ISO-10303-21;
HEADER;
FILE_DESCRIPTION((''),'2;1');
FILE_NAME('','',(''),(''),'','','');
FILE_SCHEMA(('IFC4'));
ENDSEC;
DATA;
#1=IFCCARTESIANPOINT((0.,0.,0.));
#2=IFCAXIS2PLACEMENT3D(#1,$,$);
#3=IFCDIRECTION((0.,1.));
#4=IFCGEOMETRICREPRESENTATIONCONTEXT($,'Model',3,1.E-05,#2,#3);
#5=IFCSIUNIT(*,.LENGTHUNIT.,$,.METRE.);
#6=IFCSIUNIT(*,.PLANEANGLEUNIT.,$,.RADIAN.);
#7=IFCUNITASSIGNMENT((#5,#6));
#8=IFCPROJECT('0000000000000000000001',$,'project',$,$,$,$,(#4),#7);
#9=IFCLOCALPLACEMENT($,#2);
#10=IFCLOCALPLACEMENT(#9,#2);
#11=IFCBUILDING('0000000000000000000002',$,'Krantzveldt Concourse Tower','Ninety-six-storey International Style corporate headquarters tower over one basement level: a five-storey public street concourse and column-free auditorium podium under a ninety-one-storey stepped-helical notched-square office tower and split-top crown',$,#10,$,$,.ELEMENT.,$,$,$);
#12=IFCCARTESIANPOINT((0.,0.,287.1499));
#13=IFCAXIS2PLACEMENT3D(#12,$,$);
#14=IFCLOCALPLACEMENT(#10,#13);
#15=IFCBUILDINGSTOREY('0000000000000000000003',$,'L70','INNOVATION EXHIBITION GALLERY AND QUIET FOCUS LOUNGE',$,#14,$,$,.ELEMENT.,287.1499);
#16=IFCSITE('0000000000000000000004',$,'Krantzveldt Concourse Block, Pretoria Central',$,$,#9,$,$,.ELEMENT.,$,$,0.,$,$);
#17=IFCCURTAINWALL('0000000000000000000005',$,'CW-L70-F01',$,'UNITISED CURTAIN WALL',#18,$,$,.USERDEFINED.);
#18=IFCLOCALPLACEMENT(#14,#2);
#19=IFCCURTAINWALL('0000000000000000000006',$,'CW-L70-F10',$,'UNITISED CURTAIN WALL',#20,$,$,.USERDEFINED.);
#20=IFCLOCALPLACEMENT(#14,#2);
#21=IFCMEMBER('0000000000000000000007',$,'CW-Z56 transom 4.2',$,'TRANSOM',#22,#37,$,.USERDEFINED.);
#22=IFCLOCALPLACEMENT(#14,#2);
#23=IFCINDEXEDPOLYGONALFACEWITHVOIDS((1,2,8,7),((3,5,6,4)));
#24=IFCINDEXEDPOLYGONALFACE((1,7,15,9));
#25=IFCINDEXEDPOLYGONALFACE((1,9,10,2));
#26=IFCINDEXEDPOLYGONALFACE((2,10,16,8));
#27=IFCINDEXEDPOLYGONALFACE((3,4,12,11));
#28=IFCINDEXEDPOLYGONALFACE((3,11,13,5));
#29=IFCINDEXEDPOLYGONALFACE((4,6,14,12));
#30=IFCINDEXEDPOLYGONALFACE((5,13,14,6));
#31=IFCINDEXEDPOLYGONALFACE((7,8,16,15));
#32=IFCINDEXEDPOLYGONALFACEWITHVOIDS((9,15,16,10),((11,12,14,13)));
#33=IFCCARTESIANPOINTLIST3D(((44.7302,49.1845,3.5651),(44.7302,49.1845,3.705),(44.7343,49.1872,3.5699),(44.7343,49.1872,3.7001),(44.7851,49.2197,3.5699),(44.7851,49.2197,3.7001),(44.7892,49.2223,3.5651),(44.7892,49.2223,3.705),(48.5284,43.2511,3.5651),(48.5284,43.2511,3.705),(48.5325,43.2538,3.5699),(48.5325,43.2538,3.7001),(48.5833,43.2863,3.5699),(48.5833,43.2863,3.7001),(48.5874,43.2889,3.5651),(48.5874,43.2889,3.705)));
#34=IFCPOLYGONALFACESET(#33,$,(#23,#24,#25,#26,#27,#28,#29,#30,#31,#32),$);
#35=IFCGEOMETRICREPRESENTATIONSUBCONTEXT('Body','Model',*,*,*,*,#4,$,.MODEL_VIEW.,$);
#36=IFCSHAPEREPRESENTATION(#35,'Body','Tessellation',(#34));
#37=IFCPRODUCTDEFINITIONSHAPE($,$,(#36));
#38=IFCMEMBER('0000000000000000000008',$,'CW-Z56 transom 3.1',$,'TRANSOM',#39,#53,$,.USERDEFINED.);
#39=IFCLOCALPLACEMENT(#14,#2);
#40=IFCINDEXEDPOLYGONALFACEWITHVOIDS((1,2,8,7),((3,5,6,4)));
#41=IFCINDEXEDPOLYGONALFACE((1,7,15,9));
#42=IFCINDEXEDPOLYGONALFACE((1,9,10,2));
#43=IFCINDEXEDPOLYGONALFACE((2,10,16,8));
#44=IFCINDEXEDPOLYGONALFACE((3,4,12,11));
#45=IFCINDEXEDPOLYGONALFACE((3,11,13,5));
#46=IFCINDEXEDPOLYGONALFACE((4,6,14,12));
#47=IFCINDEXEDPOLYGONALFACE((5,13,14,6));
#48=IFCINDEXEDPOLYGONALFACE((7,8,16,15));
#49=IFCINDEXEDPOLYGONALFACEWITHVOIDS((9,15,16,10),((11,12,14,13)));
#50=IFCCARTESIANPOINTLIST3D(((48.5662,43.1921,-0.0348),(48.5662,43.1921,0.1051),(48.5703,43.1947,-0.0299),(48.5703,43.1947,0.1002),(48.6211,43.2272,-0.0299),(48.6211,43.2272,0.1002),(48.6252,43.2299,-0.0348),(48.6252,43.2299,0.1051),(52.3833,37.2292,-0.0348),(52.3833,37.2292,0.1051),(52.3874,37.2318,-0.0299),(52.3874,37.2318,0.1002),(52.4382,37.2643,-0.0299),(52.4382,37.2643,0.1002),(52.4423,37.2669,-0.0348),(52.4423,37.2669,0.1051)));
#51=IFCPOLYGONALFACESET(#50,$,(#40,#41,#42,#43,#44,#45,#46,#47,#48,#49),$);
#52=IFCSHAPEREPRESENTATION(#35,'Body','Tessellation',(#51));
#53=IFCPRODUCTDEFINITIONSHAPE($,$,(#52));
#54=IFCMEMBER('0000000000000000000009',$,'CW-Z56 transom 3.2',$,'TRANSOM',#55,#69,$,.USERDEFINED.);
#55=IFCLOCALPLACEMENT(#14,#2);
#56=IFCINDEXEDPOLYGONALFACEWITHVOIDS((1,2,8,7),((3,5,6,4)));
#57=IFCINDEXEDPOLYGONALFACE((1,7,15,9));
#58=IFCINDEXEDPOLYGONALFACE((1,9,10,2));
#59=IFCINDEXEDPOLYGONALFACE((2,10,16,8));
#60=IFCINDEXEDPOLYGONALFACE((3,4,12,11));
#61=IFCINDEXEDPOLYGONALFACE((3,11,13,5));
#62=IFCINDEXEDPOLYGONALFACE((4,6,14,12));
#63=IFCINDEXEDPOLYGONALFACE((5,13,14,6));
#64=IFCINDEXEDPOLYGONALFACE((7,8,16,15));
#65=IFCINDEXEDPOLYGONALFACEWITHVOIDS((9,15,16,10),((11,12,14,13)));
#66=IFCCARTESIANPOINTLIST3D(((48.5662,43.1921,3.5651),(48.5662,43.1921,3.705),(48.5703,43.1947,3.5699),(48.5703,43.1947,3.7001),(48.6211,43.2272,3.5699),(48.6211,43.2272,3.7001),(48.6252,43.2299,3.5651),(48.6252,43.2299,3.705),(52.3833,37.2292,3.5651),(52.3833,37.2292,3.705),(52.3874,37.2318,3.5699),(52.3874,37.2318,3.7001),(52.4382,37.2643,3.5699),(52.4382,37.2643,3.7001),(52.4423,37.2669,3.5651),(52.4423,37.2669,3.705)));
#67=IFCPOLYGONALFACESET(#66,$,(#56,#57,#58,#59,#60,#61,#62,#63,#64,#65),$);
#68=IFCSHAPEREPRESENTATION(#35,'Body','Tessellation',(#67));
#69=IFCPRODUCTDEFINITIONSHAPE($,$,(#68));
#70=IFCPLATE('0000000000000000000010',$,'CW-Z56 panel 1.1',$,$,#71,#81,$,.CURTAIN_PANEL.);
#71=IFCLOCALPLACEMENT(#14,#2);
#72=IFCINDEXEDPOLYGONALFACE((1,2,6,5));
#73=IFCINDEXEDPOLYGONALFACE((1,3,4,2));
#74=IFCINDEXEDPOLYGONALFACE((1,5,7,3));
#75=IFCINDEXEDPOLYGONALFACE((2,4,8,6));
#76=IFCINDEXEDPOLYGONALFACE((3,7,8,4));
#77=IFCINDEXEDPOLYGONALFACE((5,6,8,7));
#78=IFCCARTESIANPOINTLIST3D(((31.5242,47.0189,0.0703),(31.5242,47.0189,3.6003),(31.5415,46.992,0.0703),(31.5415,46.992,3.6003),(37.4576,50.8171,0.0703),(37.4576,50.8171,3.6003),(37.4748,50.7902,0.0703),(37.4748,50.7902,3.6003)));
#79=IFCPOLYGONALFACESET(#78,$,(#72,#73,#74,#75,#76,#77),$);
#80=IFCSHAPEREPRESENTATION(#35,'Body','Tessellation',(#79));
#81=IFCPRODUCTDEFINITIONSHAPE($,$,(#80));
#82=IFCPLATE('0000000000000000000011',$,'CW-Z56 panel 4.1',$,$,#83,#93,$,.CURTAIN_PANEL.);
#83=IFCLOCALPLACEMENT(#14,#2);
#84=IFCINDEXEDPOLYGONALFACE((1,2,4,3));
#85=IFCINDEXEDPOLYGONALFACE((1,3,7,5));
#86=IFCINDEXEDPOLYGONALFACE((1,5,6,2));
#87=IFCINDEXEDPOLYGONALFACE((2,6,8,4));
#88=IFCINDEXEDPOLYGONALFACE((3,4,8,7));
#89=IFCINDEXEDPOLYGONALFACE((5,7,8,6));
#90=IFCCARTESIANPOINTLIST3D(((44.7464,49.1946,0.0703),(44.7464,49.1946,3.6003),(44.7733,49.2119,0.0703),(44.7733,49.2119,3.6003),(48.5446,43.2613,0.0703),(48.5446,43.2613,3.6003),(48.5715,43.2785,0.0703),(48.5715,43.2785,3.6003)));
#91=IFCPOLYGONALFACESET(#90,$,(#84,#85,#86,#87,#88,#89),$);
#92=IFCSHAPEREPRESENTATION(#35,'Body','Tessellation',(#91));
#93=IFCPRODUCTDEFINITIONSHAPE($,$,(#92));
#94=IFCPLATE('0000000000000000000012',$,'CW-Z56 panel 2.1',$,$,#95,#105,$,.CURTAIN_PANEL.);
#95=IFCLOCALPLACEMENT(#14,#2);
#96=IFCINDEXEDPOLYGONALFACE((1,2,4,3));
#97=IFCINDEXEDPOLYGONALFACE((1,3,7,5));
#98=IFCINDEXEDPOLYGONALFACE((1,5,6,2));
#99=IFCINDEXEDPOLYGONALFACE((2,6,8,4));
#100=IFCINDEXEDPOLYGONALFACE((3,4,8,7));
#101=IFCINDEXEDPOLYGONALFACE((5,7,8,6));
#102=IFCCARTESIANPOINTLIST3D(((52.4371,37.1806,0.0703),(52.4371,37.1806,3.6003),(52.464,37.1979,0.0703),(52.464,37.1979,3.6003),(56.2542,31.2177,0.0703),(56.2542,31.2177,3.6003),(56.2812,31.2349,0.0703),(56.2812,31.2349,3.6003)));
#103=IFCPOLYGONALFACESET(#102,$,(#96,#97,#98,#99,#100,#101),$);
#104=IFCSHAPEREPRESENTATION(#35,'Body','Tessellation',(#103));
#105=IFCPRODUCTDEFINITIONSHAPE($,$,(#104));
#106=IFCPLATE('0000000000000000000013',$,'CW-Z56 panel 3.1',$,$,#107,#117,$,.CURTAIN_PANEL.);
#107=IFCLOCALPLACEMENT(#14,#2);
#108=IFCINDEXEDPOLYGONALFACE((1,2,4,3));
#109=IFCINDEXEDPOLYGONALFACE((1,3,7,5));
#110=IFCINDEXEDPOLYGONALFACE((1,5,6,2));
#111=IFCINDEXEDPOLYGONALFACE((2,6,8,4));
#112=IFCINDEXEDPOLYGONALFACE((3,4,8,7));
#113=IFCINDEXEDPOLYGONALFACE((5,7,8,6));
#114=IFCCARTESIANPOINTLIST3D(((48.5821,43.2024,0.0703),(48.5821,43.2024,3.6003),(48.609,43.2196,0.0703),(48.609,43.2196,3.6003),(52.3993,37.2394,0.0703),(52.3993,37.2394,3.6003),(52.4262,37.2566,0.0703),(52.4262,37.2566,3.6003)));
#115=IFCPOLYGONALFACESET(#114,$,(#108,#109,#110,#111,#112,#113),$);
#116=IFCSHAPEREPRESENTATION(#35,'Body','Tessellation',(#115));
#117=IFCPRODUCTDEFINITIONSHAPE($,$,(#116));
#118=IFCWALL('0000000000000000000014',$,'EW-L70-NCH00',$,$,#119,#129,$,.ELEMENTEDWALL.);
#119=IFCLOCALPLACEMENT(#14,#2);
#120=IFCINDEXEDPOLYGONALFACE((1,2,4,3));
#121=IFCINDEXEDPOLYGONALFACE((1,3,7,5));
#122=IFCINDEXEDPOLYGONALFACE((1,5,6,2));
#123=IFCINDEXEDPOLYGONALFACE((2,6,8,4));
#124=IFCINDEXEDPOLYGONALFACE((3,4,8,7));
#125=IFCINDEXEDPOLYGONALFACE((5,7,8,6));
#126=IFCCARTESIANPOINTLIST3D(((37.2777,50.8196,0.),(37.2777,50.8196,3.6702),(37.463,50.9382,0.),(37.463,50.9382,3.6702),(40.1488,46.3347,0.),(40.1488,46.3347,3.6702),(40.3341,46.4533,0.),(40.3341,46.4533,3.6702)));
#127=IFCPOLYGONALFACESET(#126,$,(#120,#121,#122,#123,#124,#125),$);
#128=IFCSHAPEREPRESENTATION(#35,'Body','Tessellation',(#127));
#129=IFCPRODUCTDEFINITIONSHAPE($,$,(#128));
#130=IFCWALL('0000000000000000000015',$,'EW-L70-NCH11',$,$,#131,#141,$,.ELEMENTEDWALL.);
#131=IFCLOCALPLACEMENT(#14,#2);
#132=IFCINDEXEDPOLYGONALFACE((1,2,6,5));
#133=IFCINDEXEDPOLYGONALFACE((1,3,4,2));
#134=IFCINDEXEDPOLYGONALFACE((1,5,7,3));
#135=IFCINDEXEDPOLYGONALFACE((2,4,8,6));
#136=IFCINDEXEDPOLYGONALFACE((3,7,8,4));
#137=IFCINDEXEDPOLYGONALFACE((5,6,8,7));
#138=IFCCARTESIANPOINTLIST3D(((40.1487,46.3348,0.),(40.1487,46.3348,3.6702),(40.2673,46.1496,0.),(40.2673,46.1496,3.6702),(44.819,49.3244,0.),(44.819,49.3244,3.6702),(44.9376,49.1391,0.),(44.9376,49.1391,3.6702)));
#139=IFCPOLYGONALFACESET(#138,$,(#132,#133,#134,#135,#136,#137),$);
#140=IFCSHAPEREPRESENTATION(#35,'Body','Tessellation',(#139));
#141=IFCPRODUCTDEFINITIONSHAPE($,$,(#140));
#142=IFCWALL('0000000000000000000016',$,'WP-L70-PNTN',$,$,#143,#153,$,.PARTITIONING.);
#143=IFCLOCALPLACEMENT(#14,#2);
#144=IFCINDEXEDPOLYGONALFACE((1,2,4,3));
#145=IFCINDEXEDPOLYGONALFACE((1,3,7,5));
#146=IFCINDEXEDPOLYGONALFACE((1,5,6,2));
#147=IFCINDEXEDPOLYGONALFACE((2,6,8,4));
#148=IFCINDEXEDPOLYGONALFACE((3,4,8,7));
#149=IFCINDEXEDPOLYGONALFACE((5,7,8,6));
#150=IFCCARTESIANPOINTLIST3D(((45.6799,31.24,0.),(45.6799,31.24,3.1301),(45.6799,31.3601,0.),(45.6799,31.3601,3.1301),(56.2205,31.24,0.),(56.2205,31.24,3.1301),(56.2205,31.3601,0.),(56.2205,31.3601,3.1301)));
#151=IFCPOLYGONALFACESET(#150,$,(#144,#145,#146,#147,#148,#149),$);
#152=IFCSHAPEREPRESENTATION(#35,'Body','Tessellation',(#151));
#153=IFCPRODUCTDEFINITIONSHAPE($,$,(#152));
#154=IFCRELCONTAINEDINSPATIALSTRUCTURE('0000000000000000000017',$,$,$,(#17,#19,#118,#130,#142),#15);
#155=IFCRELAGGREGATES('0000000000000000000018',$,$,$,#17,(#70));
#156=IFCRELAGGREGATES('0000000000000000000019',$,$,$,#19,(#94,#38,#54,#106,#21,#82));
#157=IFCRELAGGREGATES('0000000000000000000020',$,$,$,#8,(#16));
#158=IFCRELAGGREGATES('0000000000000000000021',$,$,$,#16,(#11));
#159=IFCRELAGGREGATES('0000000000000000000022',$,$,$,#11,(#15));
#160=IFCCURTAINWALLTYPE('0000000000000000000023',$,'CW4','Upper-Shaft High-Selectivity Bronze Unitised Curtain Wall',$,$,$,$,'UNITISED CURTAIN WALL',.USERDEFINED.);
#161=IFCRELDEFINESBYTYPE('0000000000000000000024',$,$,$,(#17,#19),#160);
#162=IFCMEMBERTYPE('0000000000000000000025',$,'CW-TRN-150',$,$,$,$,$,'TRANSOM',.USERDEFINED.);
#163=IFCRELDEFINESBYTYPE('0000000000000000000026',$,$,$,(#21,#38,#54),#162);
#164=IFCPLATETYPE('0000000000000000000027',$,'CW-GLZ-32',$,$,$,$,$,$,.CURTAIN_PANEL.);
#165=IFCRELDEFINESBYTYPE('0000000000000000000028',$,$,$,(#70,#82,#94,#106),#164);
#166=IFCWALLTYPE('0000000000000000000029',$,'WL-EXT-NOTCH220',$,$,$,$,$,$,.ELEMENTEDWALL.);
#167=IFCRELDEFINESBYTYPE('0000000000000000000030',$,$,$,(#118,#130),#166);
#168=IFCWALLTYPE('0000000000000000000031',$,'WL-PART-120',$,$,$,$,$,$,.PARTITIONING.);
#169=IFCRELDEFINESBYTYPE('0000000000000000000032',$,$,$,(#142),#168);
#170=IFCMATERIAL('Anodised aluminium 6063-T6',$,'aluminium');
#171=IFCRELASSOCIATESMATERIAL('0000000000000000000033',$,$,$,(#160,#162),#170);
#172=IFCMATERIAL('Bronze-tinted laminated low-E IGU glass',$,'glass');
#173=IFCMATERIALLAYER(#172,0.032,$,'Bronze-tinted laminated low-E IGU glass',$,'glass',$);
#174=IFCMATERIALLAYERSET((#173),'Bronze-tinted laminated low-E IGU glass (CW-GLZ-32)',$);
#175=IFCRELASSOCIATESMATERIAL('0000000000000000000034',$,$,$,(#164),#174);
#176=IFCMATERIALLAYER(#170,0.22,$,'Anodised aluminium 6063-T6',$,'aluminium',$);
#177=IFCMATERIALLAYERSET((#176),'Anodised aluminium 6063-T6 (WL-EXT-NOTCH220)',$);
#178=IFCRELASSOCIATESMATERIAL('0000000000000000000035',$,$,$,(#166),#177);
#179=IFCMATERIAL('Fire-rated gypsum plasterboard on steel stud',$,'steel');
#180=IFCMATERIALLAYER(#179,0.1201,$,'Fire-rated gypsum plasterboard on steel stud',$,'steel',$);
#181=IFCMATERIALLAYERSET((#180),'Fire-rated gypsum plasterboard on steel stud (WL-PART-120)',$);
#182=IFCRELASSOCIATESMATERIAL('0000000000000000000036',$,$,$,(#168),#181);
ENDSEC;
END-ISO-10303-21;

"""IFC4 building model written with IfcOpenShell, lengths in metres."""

from ifc_helpers import new_model, si_unit, direction, frame, frame_2d, origin, origin_2d, place, context, subcontext, project, spatial, rectangle, hollow_rectangle, extrude, source, transform, mapped, material, layer, layer_set, material_profile, profile_set, type_object, type_shapes, element, aggregate, save


model = new_model("IFC4")

# Units and contexts
model_context = context("Model", 3, precision=1e-05, world=origin(), true_north=direction((0.0, 1.0)))
body_context = subcontext(model_context, "Body", "Model", "MODEL_VIEW")
ifc_project = project(units=[si_unit("LENGTHUNIT", "METRE"), si_unit("PLANEANGLEUNIT", "RADIAN")], contexts=[model_context])

# Site, building, storey
site_placement = place(None, origin())
site = spatial("IfcSite", under=ifc_project, at=site_placement, Name="Krantzveldt Concourse Block, Pretoria Central", CompositionType="ELEMENT", RefElevation=0.0)
building_placement = place(site_placement, origin())
building = spatial("IfcBuilding", under=site, at=building_placement, Name="Krantzveldt Concourse Tower", Description="Ninety-six-storey International Style corporate headquarters tower over one basement level: a five-storey public street concourse and column-free auditorium podium under a ninety-one-storey stepped-helical notched-square office tower and split-top crown", CompositionType="ELEMENT")
storey_placement = place(building_placement, frame((0.0, 0.0, 287.1499)))
storey = spatial("IfcBuildingStorey", under=building, at=storey_placement, Name="L70", Description="INNOVATION EXHIBITION GALLERY AND QUIET FOCUS LOUNGE", CompositionType="ELEMENT", Elevation=287.1499)

# Curtain wall
ifc_material_1 = material(Name="Anodised aluminium 6063-T6", Category="aluminium")
curtain_wall_type = type_object("IfcCurtainWallType", Name="CW4", Description="Upper-Shaft High-Selectivity Bronze Unitised Curtain Wall", ElementType="UNITISED CURTAIN WALL", PredefinedType="USERDEFINED", material=ifc_material_1)
curtain_wall_1_placement = place(storey_placement, origin())
curtain_wall_1 = element("IfcCurtainWall", 1, at=curtain_wall_1_placement, inside=storey, type_object=curtain_wall_type, Name="CW-L70-F01", ObjectType="UNITISED CURTAIN WALL", PredefinedType="USERDEFINED")

# Curtain wall
curtain_wall_2_placement = place(storey_placement, origin())
curtain_wall_2 = element("IfcCurtainWall", 2, at=curtain_wall_2_placement, inside=storey, type_object=curtain_wall_type, Name="CW-L70-F10", ObjectType="UNITISED CURTAIN WALL", PredefinedType="USERDEFINED")

# Members
ifc_material_profile_1 = material_profile(ifc_material_1, hollow_rectangle(XDim=0.0701, YDim=0.1399, WallThickness=0.0049, at=origin_2d()), Name="Anodised aluminium 6063-T6", Category="aluminium")
ifc_profile_set_1 = profile_set([ifc_material_profile_1], Name="Anodised aluminium 6063-T6 - ALU-TRAN 140x70x5")
member_type_1 = type_object("IfcMemberType", Name="CW-TRN-150", ElementType="TRANSOM", PredefinedType="USERDEFINED", material=ifc_profile_set_1)
shared_shape_1 = source(origin(), body_context, "Body", "SweptSolid", [
    extrude(hollow_rectangle(XDim=0.0701, YDim=0.1399, WallThickness=0.0049, at=origin_2d()), origin(), (0.0, 0.0, 1.0), 7.0449),
])
member_1_placement = place(storey_placement, frame((48.5579, 43.27, 3.635), z_axis=(-0.539129, 0.842223, 0.0), x_axis=(-0.842223, -0.539129, 0.0)))
member_1 = element("IfcMember", 3, at=member_1_placement, type_object=member_type_1, Name="CW-Z56 transom 4.2", ObjectType="TRANSOM", PredefinedType="USERDEFINED", context=body_context, shape_type="MappedRepresentation", body=[
    mapped(shared_shape_1, transform((0.0, 0.0, 0.0), x_axis=(1.0, 0.0, 0.0), y_axis=(0.0, 1.0, 0.0), z_axis=(0.0, 0.0, 1.0), scale=1.0)),
])
shared_shape_2 = source(origin(), body_context, "Body", "SweptSolid", [
    extrude(hollow_rectangle(XDim=0.0701, YDim=0.1399, WallThickness=0.0049, at=origin_2d()), origin(), (0.0, 0.0, 1.0), 7.0801),
])
type_shapes(member_type_1, [shared_shape_1, shared_shape_2])
member_2_placement = place(storey_placement, frame((52.4128, 37.248, 0.0352), z_axis=(-0.539143, 0.842214, 0.0), x_axis=(-0.842214, -0.539143, 0.0)))
member_2 = element("IfcMember", 4, at=member_2_placement, type_object=member_type_1, Name="CW-Z56 transom 3.1", ObjectType="TRANSOM", PredefinedType="USERDEFINED", context=body_context, shape_type="MappedRepresentation", body=[
    mapped(shared_shape_2, transform((0.0, 0.0, 0.0), x_axis=(1.0, 0.0, 0.0), y_axis=(0.0, 1.0, 0.0), z_axis=(0.0, 0.0, 1.0), scale=1.0)),
])
member_3_placement = place(storey_placement, frame((52.4128, 37.248, 3.635), z_axis=(-0.539143, 0.842214, 0.0), x_axis=(-0.842214, -0.539143, 0.0)))
member_3 = element("IfcMember", 5, at=member_3_placement, type_object=member_type_1, Name="CW-Z56 transom 3.2", ObjectType="TRANSOM", PredefinedType="USERDEFINED", context=body_context, shape_type="MappedRepresentation", body=[
    mapped(shared_shape_2, transform((0.0, 0.0, 0.0), x_axis=(1.0, 0.0, 0.0), y_axis=(0.0, 1.0, 0.0), z_axis=(0.0, 0.0, 1.0), scale=1.0)),
])

# Plates
ifc_material_2 = material(Name="Bronze-tinted laminated low-E IGU glass", Category="glass")
ifc_layer_1 = layer(ifc_material_2, 0.032, Name="Bronze-tinted laminated low-E IGU glass", Category="glass")
ifc_layer_set_1 = layer_set([ifc_layer_1], Name="Bronze-tinted laminated low-E IGU glass (CW-GLZ-32)")
plate_type = type_object("IfcPlateType", Name="CW-GLZ-32", PredefinedType="CURTAIN_PANEL", material=ifc_layer_set_1)
shared_shape_3 = source(origin(), body_context, "Body", "SweptSolid", [
    extrude(rectangle(XDim=7.0449, YDim=0.032, at=origin_2d()), origin(), (0.0, 0.0, 1.0), 3.53),
])
plate_1_placement = place(storey_placement, frame((34.4995, 48.9045, 0.0703), z_axis=(0.0, 0.0, 1.0), x_axis=(-0.842217, -0.539138, 0.0)))
plate_1 = element("IfcPlate", 6, at=plate_1_placement, type_object=plate_type, Name="CW-Z56 panel 1.1", PredefinedType="CURTAIN_PANEL", context=body_context, shape_type="MappedRepresentation", body=[
    mapped(shared_shape_3, transform((0.0, 0.0, 0.0), x_axis=(1.0, 0.0, 0.0), y_axis=(0.0, 1.0, 0.0), z_axis=(0.0, 0.0, 1.0), scale=1.0)),
])
aggregate(curtain_wall_1, [plate_1])
plate_2_placement = place(storey_placement, frame((46.6589, 46.2366, 0.0703), z_axis=(0.0, 0.0, 1.0), x_axis=(-0.539138, 0.842217, 0.0)))
plate_2 = element("IfcPlate", 7, at=plate_2_placement, type_object=plate_type, Name="CW-Z56 panel 4.1", PredefinedType="CURTAIN_PANEL", context=body_context, shape_type="MappedRepresentation", body=[
    mapped(shared_shape_3, transform((0.0, 0.0, 0.0), x_axis=(1.0, 0.0, 0.0), y_axis=(0.0, 1.0, 0.0), z_axis=(0.0, 0.0, 1.0), scale=1.0)),
])
shared_shape_4 = source(origin(), body_context, "Body", "SweptSolid", [
    extrude(rectangle(XDim=7.0801, YDim=0.032, at=origin_2d()), origin(), (0.0, 0.0, 1.0), 3.53),
])
type_shapes(plate_type, [shared_shape_3, shared_shape_4])
plate_3_placement = place(storey_placement, frame((54.3591, 34.2078, 0.0703), z_axis=(0.0, 0.0, 1.0), x_axis=(-0.539138, 0.842217, 0.0)))
plate_3 = element("IfcPlate", 8, at=plate_3_placement, type_object=plate_type, Name="CW-Z56 panel 2.1", PredefinedType="CURTAIN_PANEL", context=body_context, shape_type="MappedRepresentation", body=[
    mapped(shared_shape_4, transform((0.0, 0.0, 0.0), x_axis=(1.0, 0.0, 0.0), y_axis=(0.0, 1.0, 0.0), z_axis=(0.0, 0.0, 1.0), scale=1.0)),
])
plate_4_placement = place(storey_placement, frame((50.5042, 40.2295, 0.0703), z_axis=(0.0, 0.0, 1.0), x_axis=(-0.539138, 0.842217, 0.0)))
plate_4 = element("IfcPlate", 9, at=plate_4_placement, type_object=plate_type, Name="CW-Z56 panel 3.1", PredefinedType="CURTAIN_PANEL", context=body_context, shape_type="MappedRepresentation", body=[
    mapped(shared_shape_4, transform((0.0, 0.0, 0.0), x_axis=(1.0, 0.0, 0.0), y_axis=(0.0, 1.0, 0.0), z_axis=(0.0, 0.0, 1.0), scale=1.0)),
])
aggregate(curtain_wall_2, [plate_3, member_2, member_3, plate_4, member_1, plate_2])

# Walls
ifc_layer_2 = layer(ifc_material_1, 0.22, Name="Anodised aluminium 6063-T6", Category="aluminium")
ifc_layer_set_2 = layer_set([ifc_layer_2], Name="Anodised aluminium 6063-T6 (WL-EXT-NOTCH220)")
wall_type_1 = type_object("IfcWallType", Name="WL-EXT-NOTCH220", PredefinedType="ELEMENTEDWALL", material=ifc_layer_set_2)
wall_1_placement = place(storey_placement, frame((40.2415, 46.394, 0.0), z_axis=(0.0, 0.0, 1.0), x_axis=(-0.539158, 0.842205, 0.0)))
element("IfcWall", 10, at=wall_1_placement, inside=storey, type_object=wall_type_1, Name="EW-L70-NCH00", PredefinedType="ELEMENTEDWALL", context=body_context, shape_type="SweptSolid", body=[
    extrude(rectangle(XDim=5.3252, YDim=0.22, at=frame_2d((2.6626, 0.0))), origin(), (0.0, 0.0, 1.0), 3.6702),
])
wall_2_placement = place(storey_placement, frame((44.8782, 49.2317, 0.0), z_axis=(0.0, 0.0, 1.0), x_axis=(-0.842223, -0.53913, 0.0)))
element("IfcWall", 11, at=wall_2_placement, inside=storey, type_object=wall_type_1, Name="EW-L70-NCH11", PredefinedType="ELEMENTEDWALL", context=body_context, shape_type="SweptSolid", body=[
    extrude(rectangle(XDim=5.5452, YDim=0.22, at=frame_2d((2.7725, 0.0))), origin(), (0.0, 0.0, 1.0), 3.6702),
])
ifc_material_3 = material(Name="Fire-rated gypsum plasterboard on steel stud", Category="steel")
ifc_layer_3 = layer(ifc_material_3, 0.1201, Name="Fire-rated gypsum plasterboard on steel stud", Category="steel")
ifc_layer_set_3 = layer_set([ifc_layer_3], Name="Fire-rated gypsum plasterboard on steel stud (WL-PART-120)")
wall_type_2 = type_object("IfcWallType", Name="WL-PART-120", PredefinedType="PARTITIONING", material=ifc_layer_set_3)
wall_3_placement = place(storey_placement, frame((45.6799, 31.3, 0.0), z_axis=(0.0, 0.0, 1.0), x_axis=(1.0, 0.0, 0.0)))
element("IfcWall", 12, at=wall_3_placement, inside=storey, type_object=wall_type_2, Name="WP-L70-PNTN", PredefinedType="PARTITIONING", context=body_context, shape_type="SweptSolid", body=[
    extrude(rectangle(XDim=10.5405, YDim=0.1201, at=frame_2d((5.2703, 0.0))), origin(), (0.0, 0.0, 1.0), 3.1301),
])

save(model, "model.ifc")
